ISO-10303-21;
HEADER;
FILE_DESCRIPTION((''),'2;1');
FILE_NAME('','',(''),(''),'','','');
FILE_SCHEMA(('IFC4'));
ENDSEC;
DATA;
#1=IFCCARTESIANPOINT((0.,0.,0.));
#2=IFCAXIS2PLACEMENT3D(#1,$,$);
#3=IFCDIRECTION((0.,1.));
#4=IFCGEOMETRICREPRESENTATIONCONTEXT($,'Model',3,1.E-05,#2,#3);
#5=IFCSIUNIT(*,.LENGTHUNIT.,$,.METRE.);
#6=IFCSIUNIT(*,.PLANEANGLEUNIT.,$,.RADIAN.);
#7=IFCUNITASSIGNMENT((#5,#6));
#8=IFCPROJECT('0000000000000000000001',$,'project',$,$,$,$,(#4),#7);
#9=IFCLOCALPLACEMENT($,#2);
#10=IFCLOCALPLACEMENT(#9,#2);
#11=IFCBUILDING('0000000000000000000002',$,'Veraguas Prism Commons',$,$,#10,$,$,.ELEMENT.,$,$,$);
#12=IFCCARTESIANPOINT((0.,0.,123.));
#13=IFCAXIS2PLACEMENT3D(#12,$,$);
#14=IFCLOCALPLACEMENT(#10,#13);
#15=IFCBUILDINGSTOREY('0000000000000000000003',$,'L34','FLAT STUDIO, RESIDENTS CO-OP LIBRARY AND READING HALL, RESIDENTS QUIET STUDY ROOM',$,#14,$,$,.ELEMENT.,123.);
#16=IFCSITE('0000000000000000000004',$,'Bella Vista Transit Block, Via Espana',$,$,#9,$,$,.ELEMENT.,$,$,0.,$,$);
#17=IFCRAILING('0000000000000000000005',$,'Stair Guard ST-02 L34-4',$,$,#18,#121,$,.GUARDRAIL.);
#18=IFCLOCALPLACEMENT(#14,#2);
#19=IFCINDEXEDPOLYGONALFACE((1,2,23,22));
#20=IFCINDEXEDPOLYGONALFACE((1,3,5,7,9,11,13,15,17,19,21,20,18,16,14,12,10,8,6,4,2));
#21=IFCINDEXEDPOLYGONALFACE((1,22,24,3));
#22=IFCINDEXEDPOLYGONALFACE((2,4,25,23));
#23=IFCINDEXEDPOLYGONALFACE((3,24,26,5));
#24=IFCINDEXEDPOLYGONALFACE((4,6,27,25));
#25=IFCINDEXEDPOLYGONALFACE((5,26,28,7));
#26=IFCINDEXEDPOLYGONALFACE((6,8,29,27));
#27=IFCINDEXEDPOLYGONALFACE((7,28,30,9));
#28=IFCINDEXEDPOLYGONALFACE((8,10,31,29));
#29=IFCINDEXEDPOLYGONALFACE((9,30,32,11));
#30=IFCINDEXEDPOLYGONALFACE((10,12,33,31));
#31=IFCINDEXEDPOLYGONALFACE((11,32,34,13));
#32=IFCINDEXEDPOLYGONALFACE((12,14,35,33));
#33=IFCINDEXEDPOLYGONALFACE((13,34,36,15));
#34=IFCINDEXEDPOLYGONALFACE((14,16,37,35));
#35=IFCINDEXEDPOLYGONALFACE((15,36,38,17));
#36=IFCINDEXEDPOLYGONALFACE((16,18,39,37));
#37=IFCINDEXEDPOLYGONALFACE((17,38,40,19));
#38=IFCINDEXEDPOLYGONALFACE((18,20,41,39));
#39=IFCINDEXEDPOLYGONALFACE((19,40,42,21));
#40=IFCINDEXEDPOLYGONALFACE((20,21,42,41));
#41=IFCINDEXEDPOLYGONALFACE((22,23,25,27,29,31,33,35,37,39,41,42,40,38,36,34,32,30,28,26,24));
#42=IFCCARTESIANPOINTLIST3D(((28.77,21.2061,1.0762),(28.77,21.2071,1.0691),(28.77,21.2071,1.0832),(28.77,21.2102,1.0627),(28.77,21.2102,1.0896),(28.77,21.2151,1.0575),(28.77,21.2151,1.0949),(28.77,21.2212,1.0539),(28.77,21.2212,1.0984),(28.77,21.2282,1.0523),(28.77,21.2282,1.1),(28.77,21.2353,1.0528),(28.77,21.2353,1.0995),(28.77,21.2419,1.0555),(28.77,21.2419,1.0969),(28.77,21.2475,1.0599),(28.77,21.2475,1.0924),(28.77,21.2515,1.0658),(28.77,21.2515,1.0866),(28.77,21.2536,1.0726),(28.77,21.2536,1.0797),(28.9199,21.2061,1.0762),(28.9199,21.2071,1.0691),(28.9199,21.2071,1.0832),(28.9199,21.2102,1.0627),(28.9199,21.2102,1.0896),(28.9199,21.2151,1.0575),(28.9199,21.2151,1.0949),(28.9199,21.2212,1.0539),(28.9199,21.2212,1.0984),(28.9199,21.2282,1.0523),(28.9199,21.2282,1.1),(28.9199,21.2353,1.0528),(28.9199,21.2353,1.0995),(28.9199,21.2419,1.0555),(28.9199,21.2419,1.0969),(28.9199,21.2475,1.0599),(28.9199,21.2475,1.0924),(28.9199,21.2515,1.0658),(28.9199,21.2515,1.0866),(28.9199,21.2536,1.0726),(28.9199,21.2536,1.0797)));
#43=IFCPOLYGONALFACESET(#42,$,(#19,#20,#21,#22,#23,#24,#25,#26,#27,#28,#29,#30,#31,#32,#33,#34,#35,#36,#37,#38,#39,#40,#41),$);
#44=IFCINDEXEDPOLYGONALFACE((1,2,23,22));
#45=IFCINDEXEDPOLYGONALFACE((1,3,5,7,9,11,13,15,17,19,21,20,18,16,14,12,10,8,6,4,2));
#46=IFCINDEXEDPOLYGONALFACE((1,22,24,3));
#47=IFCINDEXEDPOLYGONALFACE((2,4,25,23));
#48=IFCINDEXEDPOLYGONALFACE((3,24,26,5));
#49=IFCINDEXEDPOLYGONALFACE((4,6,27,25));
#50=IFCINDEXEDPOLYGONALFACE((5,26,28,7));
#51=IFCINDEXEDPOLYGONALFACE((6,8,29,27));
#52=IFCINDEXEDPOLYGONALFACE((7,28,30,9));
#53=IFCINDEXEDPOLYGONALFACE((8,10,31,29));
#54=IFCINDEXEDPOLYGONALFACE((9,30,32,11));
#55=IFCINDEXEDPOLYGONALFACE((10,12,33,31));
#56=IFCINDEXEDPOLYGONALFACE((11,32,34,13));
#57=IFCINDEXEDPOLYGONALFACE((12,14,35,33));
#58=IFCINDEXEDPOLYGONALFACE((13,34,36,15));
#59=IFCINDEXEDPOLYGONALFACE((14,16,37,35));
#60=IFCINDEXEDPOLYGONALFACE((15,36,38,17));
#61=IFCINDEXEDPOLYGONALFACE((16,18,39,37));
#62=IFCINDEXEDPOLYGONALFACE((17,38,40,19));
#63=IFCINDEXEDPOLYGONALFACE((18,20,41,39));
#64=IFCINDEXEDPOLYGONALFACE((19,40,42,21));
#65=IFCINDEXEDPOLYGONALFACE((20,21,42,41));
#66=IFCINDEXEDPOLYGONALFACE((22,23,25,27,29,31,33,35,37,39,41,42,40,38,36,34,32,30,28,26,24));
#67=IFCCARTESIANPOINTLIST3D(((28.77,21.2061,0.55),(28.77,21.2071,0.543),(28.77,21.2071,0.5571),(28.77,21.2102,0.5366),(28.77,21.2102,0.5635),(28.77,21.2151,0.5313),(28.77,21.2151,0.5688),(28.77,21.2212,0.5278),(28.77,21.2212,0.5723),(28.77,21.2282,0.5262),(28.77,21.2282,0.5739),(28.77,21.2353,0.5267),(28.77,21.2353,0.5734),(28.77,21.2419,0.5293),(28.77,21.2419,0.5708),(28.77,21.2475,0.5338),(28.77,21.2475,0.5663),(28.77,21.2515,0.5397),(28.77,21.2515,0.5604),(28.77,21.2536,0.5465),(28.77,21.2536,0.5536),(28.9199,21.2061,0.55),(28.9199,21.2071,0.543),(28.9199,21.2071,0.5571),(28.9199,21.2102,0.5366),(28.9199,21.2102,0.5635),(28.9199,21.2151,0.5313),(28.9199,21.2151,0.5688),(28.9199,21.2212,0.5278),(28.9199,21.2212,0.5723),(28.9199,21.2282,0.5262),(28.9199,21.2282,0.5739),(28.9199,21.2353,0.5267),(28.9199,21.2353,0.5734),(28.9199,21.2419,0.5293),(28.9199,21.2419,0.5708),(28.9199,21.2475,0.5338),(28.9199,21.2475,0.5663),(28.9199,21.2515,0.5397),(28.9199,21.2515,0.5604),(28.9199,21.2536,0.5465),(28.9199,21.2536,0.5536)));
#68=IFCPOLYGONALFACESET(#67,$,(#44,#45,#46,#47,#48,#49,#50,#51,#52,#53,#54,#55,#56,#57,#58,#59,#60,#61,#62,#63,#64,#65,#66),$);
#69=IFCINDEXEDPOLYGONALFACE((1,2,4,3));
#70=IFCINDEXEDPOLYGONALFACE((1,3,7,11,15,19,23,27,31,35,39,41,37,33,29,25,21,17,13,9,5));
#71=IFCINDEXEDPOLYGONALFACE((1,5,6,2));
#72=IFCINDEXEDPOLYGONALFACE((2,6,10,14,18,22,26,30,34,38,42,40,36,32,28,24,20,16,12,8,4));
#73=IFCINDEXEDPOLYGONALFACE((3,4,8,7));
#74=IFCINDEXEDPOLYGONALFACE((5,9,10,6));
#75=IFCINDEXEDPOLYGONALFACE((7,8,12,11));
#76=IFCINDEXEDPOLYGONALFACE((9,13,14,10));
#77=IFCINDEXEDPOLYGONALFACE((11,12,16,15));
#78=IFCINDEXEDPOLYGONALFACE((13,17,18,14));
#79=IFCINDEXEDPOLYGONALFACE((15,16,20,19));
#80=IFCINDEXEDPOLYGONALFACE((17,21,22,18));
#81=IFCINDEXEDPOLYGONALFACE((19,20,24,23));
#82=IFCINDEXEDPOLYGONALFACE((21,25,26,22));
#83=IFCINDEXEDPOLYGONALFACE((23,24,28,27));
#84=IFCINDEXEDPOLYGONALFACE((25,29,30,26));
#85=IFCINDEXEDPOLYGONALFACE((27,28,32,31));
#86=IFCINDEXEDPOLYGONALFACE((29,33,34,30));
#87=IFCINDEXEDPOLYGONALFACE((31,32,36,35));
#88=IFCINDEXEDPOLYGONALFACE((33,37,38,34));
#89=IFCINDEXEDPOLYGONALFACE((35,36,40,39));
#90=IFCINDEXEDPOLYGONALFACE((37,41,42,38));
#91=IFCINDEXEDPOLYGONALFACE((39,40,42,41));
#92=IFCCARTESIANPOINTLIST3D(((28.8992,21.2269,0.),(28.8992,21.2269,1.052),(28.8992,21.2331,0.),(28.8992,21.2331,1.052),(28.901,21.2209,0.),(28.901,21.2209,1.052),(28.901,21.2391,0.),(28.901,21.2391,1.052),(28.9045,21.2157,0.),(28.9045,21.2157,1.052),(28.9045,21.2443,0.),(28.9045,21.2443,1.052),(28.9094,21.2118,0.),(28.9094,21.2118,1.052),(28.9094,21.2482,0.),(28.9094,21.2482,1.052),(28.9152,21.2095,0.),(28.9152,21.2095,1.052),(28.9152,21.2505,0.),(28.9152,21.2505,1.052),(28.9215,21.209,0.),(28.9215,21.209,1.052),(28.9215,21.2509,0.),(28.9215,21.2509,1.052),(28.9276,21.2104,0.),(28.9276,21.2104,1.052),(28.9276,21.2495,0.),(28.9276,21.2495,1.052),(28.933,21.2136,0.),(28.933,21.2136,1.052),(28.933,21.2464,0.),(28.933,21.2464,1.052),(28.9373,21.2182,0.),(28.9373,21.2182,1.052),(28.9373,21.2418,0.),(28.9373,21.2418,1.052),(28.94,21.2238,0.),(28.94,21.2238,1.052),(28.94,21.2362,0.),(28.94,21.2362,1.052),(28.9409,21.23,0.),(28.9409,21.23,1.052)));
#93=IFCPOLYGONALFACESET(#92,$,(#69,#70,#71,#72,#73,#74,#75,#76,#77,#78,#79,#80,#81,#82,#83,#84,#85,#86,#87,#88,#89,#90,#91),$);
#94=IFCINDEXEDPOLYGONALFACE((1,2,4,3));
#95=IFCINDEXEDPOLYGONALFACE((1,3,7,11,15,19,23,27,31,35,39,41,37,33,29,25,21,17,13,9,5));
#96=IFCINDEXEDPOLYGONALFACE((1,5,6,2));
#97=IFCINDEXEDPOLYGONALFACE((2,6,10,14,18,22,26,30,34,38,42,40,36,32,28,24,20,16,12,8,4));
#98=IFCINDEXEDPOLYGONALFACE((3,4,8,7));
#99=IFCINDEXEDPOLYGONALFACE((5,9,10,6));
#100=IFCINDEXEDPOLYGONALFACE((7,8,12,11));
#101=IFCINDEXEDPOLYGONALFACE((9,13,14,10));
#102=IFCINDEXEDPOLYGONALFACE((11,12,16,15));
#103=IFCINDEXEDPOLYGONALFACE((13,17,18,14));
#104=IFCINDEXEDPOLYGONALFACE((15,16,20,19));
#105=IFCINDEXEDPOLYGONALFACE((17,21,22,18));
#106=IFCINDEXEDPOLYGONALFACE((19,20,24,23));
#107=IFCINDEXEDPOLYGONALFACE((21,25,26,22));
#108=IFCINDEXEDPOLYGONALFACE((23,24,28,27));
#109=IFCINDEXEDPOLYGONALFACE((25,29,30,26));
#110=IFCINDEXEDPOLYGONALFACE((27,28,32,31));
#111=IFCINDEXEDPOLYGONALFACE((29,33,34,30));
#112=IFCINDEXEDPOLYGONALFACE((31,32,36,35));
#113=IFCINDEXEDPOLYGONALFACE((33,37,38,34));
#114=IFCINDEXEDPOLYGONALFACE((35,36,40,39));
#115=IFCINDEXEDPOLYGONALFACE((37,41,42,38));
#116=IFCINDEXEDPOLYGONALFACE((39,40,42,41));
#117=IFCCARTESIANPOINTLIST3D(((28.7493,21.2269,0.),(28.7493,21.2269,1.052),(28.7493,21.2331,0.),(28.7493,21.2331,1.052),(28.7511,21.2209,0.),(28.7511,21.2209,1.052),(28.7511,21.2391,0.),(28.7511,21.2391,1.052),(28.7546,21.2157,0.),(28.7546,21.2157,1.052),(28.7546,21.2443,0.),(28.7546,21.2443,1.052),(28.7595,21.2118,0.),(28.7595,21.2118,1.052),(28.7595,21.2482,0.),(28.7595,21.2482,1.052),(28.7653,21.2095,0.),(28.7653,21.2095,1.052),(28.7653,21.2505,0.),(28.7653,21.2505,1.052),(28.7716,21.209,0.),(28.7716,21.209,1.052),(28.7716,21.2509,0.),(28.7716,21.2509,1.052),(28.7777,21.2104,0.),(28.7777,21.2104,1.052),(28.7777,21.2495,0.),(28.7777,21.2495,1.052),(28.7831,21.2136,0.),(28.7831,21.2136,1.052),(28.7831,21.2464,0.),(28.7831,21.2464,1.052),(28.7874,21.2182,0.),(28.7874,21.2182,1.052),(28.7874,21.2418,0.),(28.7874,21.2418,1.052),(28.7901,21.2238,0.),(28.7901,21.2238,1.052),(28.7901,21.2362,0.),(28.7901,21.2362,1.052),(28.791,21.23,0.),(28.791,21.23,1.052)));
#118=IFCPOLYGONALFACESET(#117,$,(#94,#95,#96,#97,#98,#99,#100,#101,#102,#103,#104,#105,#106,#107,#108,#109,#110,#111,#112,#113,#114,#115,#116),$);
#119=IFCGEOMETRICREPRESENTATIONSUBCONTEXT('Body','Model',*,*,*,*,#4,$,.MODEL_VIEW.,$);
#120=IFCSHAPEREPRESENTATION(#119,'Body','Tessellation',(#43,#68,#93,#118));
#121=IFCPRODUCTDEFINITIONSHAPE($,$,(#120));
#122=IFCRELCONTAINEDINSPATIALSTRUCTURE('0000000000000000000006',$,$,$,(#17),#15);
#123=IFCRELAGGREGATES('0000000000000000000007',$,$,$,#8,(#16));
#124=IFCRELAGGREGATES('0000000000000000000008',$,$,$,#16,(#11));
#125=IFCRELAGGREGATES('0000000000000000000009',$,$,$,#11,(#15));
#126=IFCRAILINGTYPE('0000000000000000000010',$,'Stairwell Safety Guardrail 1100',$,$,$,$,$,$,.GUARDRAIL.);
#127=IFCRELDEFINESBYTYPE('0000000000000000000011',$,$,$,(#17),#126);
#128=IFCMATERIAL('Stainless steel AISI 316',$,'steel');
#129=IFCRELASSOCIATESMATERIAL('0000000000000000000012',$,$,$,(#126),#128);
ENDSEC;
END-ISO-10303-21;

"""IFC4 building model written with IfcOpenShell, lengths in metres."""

from ifc_helpers import new_model, si_unit, direction, frame, origin, origin_2d, place, context, subcontext, project, spatial, circle, extrude, material, type_object, element, save


model = new_model("IFC4")

# Units and contexts
model_context = context("Model", 3, precision=1e-05, world=origin(), true_north=direction((0.0, 1.0)))
body_context = subcontext(model_context, "Body", "Model", "MODEL_VIEW")
ifc_project = project(units=[si_unit("LENGTHUNIT", "METRE"), si_unit("PLANEANGLEUNIT", "RADIAN")], contexts=[model_context])

# Site, building, storey
site_placement = place(None, origin())
site = spatial("IfcSite", under=ifc_project, at=site_placement, Name="Bella Vista Transit Block, Via Espana", CompositionType="ELEMENT", RefElevation=0.0)
building_placement = place(site_placement, origin())
building = spatial("IfcBuilding", under=site, at=building_placement, Name="Veraguas Prism Commons", CompositionType="ELEMENT")
storey_placement = place(building_placement, frame((0.0, 0.0, 123.0)))
storey = spatial("IfcBuildingStorey", under=building, at=storey_placement, Name="L34", Description="FLAT STUDIO, RESIDENTS CO-OP LIBRARY AND READING HALL, RESIDENTS QUIET STUDY ROOM", CompositionType="ELEMENT", Elevation=123.0)

# Shared definitions
ifc_material_1 = material(Name="Stainless steel AISI 316", Category="steel")

# Railing
railing_type_1 = type_object("IfcRailingType", Name="Stairwell Safety Guardrail 1100", PredefinedType="GUARDRAIL", material=ifc_material_1)
railing_1_placement = place(storey_placement, frame((28.9199, 21.23, 0.0)))
element("IfcRailing", 1, at=railing_1_placement, inside=storey, type_object=railing_type_1, Name="Stair Guard ST-02 L34-4", PredefinedType="GUARDRAIL", context=body_context, shape_type="SweptSolid", body=[
    extrude(circle(Radius=0.0239, at=origin_2d()), frame((0.0, 0.0, 1.0762), z_axis=(-1.0, 0.0, 0.0), x_axis=(0.0, -1.0, 0.0)), (0.0, 0.0, 1.0), 0.1499),
    extrude(circle(Radius=0.0239, at=origin_2d()), frame((0.0, 0.0, 0.55), z_axis=(-1.0, 0.0, 0.0), x_axis=(0.0, -1.0, 0.0)), (0.0, 0.0, 1.0), 0.1499),
    extrude(circle(Radius=0.021, at=origin_2d()), origin(), (0.0, 0.0, 1.0), 1.052),
    extrude(circle(Radius=0.021, at=origin_2d()), frame((-0.1499, 0.0, 0.0)), (0.0, 0.0, 1.0), 1.052),
])

save(model, "model.ifc")
